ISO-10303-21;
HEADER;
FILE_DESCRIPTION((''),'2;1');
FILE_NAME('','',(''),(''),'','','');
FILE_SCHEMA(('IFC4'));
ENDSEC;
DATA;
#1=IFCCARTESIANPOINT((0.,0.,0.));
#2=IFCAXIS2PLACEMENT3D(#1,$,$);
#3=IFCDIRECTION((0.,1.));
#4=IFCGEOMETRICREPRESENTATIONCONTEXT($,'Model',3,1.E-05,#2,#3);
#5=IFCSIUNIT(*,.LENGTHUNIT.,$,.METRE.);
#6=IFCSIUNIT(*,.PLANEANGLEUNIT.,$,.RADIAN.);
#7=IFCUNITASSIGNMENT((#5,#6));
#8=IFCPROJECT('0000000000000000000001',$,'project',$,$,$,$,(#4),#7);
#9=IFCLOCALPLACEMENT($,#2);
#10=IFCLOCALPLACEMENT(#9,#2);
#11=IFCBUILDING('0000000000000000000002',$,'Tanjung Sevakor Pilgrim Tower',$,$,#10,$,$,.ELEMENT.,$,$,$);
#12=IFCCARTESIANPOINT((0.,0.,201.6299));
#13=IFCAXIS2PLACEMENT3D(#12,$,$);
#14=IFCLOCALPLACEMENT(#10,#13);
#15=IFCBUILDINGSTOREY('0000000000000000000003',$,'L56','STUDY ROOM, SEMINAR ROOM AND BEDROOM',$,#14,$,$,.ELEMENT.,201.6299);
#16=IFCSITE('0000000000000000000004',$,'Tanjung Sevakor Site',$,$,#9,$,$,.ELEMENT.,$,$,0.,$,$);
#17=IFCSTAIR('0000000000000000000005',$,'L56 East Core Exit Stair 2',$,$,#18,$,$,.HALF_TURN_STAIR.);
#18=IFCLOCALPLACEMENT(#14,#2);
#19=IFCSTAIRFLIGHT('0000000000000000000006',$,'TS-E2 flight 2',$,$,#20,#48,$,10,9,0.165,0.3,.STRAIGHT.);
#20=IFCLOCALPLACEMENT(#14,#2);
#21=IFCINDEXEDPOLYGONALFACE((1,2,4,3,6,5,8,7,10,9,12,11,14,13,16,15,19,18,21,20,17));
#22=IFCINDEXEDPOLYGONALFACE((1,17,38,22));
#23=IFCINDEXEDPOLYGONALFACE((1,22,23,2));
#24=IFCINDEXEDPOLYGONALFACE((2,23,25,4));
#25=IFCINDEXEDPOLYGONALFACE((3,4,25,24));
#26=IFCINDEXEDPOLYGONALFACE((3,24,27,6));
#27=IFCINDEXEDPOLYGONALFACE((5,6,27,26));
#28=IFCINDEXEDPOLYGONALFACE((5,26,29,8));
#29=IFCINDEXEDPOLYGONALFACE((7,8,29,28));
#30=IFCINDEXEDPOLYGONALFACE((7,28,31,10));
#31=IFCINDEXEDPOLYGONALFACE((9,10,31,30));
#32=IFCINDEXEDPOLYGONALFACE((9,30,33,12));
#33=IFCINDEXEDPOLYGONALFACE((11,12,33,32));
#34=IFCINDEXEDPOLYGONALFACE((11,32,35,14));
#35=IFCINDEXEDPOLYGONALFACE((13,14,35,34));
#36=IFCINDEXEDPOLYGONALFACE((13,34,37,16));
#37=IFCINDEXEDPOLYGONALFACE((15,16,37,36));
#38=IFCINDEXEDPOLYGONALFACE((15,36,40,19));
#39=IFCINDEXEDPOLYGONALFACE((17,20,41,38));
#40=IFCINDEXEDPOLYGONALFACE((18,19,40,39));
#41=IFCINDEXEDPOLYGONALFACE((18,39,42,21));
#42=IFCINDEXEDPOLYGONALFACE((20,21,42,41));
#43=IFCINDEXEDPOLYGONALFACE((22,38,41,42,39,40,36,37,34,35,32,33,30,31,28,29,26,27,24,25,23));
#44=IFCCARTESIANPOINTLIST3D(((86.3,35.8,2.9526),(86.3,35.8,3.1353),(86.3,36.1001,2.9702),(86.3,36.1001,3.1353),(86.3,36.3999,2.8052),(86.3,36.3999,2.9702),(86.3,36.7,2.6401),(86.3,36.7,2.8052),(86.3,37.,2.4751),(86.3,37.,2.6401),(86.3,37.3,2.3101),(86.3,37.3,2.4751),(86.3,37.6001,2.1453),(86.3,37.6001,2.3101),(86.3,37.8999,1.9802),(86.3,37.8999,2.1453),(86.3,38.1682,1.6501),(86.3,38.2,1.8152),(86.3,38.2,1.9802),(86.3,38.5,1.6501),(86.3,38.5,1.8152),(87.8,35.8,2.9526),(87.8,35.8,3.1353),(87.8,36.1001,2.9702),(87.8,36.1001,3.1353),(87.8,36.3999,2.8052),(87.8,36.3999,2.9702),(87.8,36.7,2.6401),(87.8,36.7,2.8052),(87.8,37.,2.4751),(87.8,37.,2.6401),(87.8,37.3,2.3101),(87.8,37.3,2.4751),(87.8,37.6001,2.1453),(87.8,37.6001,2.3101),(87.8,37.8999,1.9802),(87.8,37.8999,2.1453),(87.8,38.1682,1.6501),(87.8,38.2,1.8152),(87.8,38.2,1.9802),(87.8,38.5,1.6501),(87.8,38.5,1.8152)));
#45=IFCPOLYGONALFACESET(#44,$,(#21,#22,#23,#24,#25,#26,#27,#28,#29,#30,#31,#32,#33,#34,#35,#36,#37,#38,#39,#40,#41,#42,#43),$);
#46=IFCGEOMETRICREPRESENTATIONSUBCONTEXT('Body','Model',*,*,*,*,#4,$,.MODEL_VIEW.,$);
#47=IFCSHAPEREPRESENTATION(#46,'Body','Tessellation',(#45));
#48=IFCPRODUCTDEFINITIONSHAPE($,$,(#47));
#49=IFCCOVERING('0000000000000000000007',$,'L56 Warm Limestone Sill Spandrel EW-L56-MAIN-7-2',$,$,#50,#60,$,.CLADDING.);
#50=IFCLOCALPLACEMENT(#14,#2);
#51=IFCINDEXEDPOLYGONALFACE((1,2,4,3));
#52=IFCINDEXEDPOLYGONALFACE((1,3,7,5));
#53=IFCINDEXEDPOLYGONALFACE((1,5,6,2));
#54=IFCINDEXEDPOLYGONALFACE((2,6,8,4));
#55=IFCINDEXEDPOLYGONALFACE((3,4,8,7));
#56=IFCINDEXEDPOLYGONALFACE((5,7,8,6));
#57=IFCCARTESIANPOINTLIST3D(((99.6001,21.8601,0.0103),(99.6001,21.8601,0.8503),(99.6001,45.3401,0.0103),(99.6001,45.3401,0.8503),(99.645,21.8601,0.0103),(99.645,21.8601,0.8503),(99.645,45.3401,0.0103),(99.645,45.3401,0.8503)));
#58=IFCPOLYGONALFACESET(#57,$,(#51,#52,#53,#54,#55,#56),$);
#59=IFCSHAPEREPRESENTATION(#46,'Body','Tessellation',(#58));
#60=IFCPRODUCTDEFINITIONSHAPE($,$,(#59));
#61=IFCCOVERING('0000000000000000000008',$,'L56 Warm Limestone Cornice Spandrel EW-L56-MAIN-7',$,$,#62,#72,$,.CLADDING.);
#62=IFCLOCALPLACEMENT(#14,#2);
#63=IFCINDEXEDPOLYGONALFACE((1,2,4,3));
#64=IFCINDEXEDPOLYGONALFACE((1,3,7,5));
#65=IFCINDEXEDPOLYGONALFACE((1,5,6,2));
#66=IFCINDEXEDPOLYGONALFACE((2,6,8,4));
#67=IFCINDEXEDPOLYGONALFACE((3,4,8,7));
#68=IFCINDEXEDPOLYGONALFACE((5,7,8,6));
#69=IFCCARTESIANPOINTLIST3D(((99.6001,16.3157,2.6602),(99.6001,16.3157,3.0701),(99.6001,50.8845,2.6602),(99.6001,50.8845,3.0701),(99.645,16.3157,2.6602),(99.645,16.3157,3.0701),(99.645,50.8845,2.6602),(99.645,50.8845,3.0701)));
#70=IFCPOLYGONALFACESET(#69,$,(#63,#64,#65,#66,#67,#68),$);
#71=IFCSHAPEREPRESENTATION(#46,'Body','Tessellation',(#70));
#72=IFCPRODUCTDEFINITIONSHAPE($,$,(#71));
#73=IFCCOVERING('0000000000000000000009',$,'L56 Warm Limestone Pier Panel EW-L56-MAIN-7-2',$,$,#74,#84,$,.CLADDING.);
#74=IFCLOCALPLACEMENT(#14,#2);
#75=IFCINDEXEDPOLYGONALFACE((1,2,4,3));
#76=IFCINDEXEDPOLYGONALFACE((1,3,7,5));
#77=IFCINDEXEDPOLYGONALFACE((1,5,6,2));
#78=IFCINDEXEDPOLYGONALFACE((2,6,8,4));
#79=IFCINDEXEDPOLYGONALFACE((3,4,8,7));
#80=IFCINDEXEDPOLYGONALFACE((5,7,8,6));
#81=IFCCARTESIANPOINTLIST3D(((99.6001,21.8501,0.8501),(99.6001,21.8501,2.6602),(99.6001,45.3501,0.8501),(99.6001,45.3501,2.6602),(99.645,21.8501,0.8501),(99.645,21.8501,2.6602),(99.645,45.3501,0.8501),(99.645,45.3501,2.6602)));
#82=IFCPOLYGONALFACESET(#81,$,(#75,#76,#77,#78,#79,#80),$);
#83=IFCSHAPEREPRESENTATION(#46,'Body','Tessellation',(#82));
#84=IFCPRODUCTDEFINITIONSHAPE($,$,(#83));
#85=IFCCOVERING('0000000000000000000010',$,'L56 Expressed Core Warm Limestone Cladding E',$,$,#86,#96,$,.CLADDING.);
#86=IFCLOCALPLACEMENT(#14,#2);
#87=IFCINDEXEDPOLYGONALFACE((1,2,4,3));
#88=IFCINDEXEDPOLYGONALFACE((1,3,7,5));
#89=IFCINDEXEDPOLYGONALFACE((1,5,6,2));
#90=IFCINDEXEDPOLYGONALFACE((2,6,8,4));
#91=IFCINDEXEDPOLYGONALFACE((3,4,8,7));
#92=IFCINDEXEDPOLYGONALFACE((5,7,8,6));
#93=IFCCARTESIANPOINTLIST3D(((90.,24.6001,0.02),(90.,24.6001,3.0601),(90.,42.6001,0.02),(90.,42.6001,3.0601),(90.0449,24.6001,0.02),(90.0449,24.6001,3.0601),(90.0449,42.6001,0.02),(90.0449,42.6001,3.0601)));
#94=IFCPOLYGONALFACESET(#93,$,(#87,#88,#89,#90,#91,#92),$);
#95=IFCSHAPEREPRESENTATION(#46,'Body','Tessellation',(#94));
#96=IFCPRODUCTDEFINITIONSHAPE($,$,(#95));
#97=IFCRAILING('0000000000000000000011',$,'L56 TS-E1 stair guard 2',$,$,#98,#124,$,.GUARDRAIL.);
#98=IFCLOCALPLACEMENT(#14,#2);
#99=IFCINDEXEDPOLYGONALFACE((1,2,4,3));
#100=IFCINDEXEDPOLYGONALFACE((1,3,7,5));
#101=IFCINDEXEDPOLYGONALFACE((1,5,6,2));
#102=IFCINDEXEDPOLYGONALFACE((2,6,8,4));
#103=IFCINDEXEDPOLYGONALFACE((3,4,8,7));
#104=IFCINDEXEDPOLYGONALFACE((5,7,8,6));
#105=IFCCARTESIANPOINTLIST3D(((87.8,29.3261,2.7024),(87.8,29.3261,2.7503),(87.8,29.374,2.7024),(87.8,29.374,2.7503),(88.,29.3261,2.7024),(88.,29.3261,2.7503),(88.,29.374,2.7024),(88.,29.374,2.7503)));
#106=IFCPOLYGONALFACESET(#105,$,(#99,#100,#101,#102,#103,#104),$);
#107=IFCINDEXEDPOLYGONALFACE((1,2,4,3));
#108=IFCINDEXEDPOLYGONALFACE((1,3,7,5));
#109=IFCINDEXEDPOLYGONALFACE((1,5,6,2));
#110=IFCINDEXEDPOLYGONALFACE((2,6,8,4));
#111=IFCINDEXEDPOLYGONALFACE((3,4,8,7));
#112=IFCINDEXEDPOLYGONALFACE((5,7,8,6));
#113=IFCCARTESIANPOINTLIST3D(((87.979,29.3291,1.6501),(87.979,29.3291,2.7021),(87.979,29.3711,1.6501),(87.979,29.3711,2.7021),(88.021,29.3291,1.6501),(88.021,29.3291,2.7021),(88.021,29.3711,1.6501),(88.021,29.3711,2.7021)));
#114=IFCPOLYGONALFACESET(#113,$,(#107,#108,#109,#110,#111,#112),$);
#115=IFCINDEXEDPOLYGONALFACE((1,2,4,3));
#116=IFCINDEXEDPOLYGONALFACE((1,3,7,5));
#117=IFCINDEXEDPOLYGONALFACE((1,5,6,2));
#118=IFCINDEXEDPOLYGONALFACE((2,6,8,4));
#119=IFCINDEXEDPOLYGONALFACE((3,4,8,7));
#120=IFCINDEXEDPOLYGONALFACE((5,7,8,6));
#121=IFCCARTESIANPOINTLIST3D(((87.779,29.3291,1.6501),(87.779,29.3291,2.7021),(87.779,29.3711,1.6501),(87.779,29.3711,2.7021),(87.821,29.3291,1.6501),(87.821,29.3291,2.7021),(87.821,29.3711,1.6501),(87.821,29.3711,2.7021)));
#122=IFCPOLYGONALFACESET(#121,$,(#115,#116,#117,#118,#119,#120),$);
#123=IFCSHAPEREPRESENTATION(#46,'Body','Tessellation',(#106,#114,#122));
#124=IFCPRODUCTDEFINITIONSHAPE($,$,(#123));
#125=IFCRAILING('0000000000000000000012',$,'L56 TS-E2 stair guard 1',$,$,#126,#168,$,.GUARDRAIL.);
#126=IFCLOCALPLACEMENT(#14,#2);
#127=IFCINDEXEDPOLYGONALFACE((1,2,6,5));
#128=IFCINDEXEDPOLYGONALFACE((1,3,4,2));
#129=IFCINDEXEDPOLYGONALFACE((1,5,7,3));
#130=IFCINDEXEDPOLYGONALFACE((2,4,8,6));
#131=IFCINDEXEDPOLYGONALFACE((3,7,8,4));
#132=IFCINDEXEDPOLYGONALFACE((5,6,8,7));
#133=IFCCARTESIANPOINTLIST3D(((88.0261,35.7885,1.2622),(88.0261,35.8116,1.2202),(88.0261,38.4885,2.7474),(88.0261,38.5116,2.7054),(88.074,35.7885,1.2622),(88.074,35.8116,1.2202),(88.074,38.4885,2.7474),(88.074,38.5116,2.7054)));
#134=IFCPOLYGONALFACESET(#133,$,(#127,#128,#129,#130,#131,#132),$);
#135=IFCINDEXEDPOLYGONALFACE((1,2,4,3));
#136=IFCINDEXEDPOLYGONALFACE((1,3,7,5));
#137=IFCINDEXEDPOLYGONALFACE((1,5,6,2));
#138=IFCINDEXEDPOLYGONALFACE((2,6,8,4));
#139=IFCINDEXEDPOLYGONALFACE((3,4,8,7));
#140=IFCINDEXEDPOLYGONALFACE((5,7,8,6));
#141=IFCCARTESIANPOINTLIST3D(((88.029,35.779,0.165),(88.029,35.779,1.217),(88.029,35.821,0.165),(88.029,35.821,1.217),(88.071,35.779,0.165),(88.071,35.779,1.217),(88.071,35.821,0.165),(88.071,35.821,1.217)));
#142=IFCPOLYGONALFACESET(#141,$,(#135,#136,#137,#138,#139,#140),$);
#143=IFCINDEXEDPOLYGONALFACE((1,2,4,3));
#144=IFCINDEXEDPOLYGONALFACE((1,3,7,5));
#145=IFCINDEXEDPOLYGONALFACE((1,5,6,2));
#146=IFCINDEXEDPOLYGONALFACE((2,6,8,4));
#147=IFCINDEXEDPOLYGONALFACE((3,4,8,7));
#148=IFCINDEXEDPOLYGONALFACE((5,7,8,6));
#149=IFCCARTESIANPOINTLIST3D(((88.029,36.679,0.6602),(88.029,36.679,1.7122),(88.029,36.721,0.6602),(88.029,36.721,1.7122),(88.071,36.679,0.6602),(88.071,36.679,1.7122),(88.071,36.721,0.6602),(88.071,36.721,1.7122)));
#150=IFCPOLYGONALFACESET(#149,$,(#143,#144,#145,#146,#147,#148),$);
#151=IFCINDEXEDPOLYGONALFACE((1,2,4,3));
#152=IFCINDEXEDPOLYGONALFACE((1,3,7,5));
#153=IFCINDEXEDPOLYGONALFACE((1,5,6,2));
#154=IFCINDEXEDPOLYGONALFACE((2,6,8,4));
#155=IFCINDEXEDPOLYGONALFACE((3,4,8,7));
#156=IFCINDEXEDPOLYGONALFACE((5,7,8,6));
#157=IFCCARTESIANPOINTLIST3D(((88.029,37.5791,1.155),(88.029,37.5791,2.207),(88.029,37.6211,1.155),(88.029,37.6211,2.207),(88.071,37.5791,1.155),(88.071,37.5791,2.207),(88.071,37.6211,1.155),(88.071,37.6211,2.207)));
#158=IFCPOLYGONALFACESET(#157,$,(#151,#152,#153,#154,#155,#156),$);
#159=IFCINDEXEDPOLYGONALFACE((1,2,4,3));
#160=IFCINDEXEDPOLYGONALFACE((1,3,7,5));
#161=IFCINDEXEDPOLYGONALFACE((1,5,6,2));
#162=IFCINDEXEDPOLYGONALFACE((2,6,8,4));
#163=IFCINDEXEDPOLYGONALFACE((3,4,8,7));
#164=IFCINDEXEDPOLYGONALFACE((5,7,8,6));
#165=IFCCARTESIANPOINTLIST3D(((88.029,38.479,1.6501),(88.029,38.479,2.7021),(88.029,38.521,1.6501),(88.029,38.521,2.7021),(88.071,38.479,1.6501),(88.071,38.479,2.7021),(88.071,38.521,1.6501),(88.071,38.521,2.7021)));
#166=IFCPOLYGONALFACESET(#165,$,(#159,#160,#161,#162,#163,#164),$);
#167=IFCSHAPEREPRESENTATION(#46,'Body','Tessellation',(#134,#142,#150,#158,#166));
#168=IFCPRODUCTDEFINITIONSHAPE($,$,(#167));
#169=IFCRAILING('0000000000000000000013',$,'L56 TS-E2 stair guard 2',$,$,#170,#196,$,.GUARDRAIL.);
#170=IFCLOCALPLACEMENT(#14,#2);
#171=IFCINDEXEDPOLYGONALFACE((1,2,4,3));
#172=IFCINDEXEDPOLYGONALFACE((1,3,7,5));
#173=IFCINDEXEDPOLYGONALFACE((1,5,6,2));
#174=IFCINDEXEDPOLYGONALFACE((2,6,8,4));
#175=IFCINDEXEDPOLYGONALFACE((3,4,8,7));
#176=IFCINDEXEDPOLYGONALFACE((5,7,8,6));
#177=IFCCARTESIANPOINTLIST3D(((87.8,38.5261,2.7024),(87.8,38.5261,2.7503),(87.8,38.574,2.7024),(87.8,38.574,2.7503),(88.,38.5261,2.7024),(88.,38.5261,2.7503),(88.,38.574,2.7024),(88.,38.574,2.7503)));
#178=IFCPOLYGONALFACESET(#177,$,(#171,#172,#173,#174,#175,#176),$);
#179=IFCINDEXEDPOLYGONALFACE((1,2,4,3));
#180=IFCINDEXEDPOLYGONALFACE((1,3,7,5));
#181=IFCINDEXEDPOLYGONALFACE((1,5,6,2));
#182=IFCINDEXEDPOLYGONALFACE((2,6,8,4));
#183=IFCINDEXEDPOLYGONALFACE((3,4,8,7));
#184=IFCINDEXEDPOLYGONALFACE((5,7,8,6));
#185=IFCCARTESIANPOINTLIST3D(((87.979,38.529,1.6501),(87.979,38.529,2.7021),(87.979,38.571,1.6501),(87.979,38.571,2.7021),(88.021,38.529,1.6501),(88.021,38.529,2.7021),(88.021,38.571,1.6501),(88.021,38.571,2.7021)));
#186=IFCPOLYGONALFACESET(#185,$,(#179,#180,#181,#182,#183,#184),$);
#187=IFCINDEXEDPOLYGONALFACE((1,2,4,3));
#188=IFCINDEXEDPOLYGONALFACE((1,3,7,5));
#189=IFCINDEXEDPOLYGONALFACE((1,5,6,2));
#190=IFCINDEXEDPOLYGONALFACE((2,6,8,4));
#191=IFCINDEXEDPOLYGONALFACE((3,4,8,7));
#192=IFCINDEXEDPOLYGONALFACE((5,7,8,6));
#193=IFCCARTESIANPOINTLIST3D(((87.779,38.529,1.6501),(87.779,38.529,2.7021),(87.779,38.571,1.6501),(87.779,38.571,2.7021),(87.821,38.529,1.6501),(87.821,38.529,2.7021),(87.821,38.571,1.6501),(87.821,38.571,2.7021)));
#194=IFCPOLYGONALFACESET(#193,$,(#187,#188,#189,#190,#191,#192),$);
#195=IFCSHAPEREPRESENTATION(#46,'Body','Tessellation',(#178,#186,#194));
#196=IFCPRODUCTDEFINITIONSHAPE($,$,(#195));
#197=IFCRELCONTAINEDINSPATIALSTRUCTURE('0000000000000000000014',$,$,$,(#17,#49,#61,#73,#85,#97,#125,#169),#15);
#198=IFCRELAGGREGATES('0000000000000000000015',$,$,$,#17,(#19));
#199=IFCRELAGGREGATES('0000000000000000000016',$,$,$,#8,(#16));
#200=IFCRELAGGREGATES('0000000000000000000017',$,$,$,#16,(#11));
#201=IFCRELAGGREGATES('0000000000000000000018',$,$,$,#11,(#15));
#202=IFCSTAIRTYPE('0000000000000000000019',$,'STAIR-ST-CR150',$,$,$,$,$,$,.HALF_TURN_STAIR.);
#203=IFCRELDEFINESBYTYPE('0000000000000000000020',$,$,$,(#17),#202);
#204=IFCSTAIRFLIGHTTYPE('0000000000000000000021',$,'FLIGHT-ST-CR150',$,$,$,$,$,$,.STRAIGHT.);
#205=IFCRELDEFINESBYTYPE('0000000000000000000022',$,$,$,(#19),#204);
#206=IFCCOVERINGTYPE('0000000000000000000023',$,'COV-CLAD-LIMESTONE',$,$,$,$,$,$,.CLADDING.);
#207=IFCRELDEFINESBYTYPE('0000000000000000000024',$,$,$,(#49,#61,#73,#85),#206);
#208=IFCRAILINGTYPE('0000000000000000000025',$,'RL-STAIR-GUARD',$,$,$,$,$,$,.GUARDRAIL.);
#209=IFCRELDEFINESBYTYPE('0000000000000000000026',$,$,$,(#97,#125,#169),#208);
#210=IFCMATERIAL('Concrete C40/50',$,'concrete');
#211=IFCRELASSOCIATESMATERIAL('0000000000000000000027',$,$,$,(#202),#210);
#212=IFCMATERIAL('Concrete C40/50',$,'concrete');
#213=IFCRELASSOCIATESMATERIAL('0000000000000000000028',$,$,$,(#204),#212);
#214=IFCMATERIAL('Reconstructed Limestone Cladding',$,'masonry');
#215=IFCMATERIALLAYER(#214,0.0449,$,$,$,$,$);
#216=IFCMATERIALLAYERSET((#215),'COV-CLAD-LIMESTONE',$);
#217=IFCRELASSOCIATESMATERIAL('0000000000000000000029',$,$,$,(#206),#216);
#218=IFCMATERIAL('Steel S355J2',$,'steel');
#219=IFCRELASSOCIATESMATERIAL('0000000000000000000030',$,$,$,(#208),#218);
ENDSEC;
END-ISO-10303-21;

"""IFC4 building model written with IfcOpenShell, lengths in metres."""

from ifc_helpers import new_model, si_unit, direction, frame, origin, origin_2d, place, context, subcontext, project, spatial, polyline, rectangle, outline, extrude, material, layer, layer_set, type_object, element, aggregate, save


model = new_model("IFC4")

# Units and contexts
model_context = context("Model", 3, precision=1e-05, world=origin(), true_north=direction((0.0, 1.0)))
body_context = subcontext(model_context, "Body", "Model", "MODEL_VIEW")
ifc_project = project(units=[si_unit("LENGTHUNIT", "METRE"), si_unit("PLANEANGLEUNIT", "RADIAN")], contexts=[model_context])

# Site, building, storey
site_placement = place(None, origin())
site = spatial("IfcSite", under=ifc_project, at=site_placement, Name="Tanjung Sevakor Site", CompositionType="ELEMENT", RefElevation=0.0)
building_placement = place(site_placement, origin())
building = spatial("IfcBuilding", under=site, at=building_placement, Name="Tanjung Sevakor Pilgrim Tower", CompositionType="ELEMENT")
storey_placement = place(building_placement, frame((0.0, 0.0, 201.6299)))
storey = spatial("IfcBuildingStorey", under=building, at=storey_placement, Name="L56", Description="STUDY ROOM, SEMINAR ROOM AND BEDROOM", CompositionType="ELEMENT", Elevation=201.6299)

# Stair, stair flight
ifc_material_1 = material(Name="Concrete C40/50", Category="concrete")
stair_type = type_object("IfcStairType", Name="STAIR-ST-CR150", PredefinedType="HALF_TURN_STAIR", material=ifc_material_1)
stair_placement = place(storey_placement, origin())
stair = element("IfcStair", 1, at=stair_placement, inside=storey, type_object=stair_type, Name="L56 East Core Exit Stair 2", PredefinedType="HALF_TURN_STAIR")
ifc_material_2 = material(Name="Concrete C40/50", Category="concrete")
stair_flight_type = type_object("IfcStairFlightType", Name="FLIGHT-ST-CR150", PredefinedType="STRAIGHT", material=ifc_material_2)
stair_flight_1_placement = place(storey_placement, frame((87.05, 38.5, 1.6501), z_axis=(0.0, 0.0, 1.0), x_axis=(0.0, -1.0, 0.0)))
stair_flight_1 = element("IfcStairFlight", 2, at=stair_flight_1_placement, type_object=stair_flight_type, Name="TS-E2 flight 2", NumberOfRisers=10, NumberOfTreads=9, PredefinedType="STRAIGHT", RiserHeight=0.165, TreadLength=0.3, context=body_context, shape_type="SweptSolid", body=[
    extrude(outline(polyline([(0.0, 0.0), (0.0, 0.165), (0.3, 0.165), (0.3, 0.3301), (0.6001, 0.3301), (0.6001, 0.4951), (0.8999, 0.4951), (0.8999, 0.6599), (1.2, 0.6599), (1.2, 0.825), (1.5, 0.825), (1.5, 0.99), (1.8, 0.99), (1.8, 1.155), (2.1001, 1.155), (2.1001, 1.3201), (2.3999, 1.3201), (2.3999, 1.4851), (2.7, 1.4851), (2.7, 1.6499), (2.7, 1.3025), (0.3318, 0.0), (0.0, 0.0)])), frame((0.0, 0.75, 0.0), z_axis=(0.0, -1.0, 0.0), x_axis=(1.0, 0.0, 0.0)), (0.0, 0.0, 1.0), 1.5),
])
aggregate(stair, [stair_flight_1])

# Coverings
ifc_material_3 = material(Name="Reconstructed Limestone Cladding", Category="masonry")
ifc_layer_1 = layer(ifc_material_3, 0.0449)
ifc_layer_set_1 = layer_set([ifc_layer_1], Name="COV-CLAD-LIMESTONE")
covering_type = type_object("IfcCoveringType", Name="COV-CLAD-LIMESTONE", PredefinedType="CLADDING", material=ifc_layer_set_1)
covering_1_placement = place(storey_placement, frame((99.6226, 33.6001, 0.0103), z_axis=(0.0, 0.0, 1.0), x_axis=(0.0, 1.0, 0.0)))
element("IfcCovering", 3, at=covering_1_placement, inside=storey, type_object=covering_type, Name="L56 Warm Limestone Sill Spandrel EW-L56-MAIN-7-2", PredefinedType="CLADDING", context=body_context, shape_type="SweptSolid", body=[
    extrude(rectangle(XDim=23.48, YDim=0.0449, at=origin_2d()), origin(), (0.0, 0.0, 1.0), 0.8401),
])
covering_2_placement = place(storey_placement, frame((99.6226, 33.6001, 2.6602), z_axis=(0.0, 0.0, 1.0), x_axis=(0.0, 1.0, 0.0)))
element("IfcCovering", 4, at=covering_2_placement, inside=storey, type_object=covering_type, Name="L56 Warm Limestone Cornice Spandrel EW-L56-MAIN-7", PredefinedType="CLADDING", context=body_context, shape_type="SweptSolid", body=[
    extrude(rectangle(XDim=34.5688, YDim=0.0449, at=origin_2d()), origin(), (0.0, 0.0, 1.0), 0.4099),
])
covering_3_placement = place(storey_placement, frame((99.6226, 33.6001, 0.8501), z_axis=(0.0, 0.0, 1.0), x_axis=(0.0, 1.0, 0.0)))
element("IfcCovering", 5, at=covering_3_placement, inside=storey, type_object=covering_type, Name="L56 Warm Limestone Pier Panel EW-L56-MAIN-7-2", PredefinedType="CLADDING", context=body_context, shape_type="SweptSolid", body=[
    extrude(rectangle(XDim=23.5, YDim=0.0449, at=origin_2d()), origin(), (0.0, 0.0, 1.0), 1.8101),
])
covering_4_placement = place(storey_placement, frame((90.0225, 33.6001, 0.02), z_axis=(0.0, 0.0, 1.0), x_axis=(1.0, 0.0, 0.0)))
element("IfcCovering", 6, at=covering_4_placement, inside=storey, type_object=covering_type, Name="L56 Expressed Core Warm Limestone Cladding E", PredefinedType="CLADDING", context=body_context, shape_type="SweptSolid", body=[
    extrude(rectangle(XDim=0.0449, YDim=18.0, at=origin_2d()), origin(), (0.0, 0.0, 1.0), 3.04),
])

# Railings
ifc_material_4 = material(Name="Steel S355J2", Category="steel")
railing_type_1 = type_object("IfcRailingType", Name="RL-STAIR-GUARD", PredefinedType="GUARDRAIL", material=ifc_material_4)
railing_1_placement = place(storey_placement, frame((88.0, 29.3501, 1.6501)))
element("IfcRailing", 7, at=railing_1_placement, inside=storey, type_object=railing_type_1, Name="L56 TS-E1 stair guard 2", PredefinedType="GUARDRAIL", context=body_context, shape_type="SweptSolid", body=[
    extrude(rectangle(XDim=0.0479, YDim=0.0479), frame((0.0, 0.0, 1.0762), z_axis=(-1.0, 0.0, 0.0), x_axis=(0.0, -1.0, 0.0)), (0.0, 0.0, 1.0), 0.2),
    extrude(rectangle(XDim=0.042, YDim=0.042), origin(), (0.0, 0.0, 1.0), 1.052),
    extrude(rectangle(XDim=0.042, YDim=0.042), frame((-0.2, 0.0, 0.0)), (0.0, 0.0, 1.0), 1.052),
])
railing_2_placement = place(storey_placement, frame((88.05, 35.8, 0.165)))
element("IfcRailing", 8, at=railing_2_placement, inside=storey, type_object=railing_type_1, Name="L56 TS-E2 stair guard 1", PredefinedType="GUARDRAIL", context=body_context, shape_type="SweptSolid", body=[
    extrude(rectangle(XDim=0.0479, YDim=0.0479), frame((0.0, 0.0, 1.0762), z_axis=(0.0, 0.876198, 0.481952), x_axis=(-1.0, 0.0, 0.0)), (0.0, 0.0, 1.0), 3.0815),
    extrude(rectangle(XDim=0.042, YDim=0.042), origin(), (0.0, 0.0, 1.0), 1.052),
    extrude(rectangle(XDim=0.042, YDim=0.042), frame((0.0, 0.8999, 0.4951)), (0.0, 0.0, 1.0), 1.052),
    extrude(rectangle(XDim=0.042, YDim=0.042), frame((0.0, 1.8, 0.99)), (0.0, 0.0, 1.0), 1.052),
    extrude(rectangle(XDim=0.042, YDim=0.042), frame((0.0, 2.7, 1.4851)), (0.0, 0.0, 1.0), 1.052),
])
railing_3_placement = place(storey_placement, frame((88.0, 38.55, 1.6501)))
element("IfcRailing", 9, at=railing_3_placement, inside=storey, type_object=railing_type_1, Name="L56 TS-E2 stair guard 2", PredefinedType="GUARDRAIL", context=body_context, shape_type="SweptSolid", body=[
    extrude(rectangle(XDim=0.0479, YDim=0.0479), frame((0.0, 0.0, 1.0762), z_axis=(-1.0, 0.0, 0.0), x_axis=(0.0, -1.0, 0.0)), (0.0, 0.0, 1.0), 0.2),
    extrude(rectangle(XDim=0.042, YDim=0.042), origin(), (0.0, 0.0, 1.0), 1.052),
    extrude(rectangle(XDim=0.042, YDim=0.042), frame((-0.2, 0.0, 0.0)), (0.0, 0.0, 1.0), 1.052),
])

save(model, "model.ifc")
